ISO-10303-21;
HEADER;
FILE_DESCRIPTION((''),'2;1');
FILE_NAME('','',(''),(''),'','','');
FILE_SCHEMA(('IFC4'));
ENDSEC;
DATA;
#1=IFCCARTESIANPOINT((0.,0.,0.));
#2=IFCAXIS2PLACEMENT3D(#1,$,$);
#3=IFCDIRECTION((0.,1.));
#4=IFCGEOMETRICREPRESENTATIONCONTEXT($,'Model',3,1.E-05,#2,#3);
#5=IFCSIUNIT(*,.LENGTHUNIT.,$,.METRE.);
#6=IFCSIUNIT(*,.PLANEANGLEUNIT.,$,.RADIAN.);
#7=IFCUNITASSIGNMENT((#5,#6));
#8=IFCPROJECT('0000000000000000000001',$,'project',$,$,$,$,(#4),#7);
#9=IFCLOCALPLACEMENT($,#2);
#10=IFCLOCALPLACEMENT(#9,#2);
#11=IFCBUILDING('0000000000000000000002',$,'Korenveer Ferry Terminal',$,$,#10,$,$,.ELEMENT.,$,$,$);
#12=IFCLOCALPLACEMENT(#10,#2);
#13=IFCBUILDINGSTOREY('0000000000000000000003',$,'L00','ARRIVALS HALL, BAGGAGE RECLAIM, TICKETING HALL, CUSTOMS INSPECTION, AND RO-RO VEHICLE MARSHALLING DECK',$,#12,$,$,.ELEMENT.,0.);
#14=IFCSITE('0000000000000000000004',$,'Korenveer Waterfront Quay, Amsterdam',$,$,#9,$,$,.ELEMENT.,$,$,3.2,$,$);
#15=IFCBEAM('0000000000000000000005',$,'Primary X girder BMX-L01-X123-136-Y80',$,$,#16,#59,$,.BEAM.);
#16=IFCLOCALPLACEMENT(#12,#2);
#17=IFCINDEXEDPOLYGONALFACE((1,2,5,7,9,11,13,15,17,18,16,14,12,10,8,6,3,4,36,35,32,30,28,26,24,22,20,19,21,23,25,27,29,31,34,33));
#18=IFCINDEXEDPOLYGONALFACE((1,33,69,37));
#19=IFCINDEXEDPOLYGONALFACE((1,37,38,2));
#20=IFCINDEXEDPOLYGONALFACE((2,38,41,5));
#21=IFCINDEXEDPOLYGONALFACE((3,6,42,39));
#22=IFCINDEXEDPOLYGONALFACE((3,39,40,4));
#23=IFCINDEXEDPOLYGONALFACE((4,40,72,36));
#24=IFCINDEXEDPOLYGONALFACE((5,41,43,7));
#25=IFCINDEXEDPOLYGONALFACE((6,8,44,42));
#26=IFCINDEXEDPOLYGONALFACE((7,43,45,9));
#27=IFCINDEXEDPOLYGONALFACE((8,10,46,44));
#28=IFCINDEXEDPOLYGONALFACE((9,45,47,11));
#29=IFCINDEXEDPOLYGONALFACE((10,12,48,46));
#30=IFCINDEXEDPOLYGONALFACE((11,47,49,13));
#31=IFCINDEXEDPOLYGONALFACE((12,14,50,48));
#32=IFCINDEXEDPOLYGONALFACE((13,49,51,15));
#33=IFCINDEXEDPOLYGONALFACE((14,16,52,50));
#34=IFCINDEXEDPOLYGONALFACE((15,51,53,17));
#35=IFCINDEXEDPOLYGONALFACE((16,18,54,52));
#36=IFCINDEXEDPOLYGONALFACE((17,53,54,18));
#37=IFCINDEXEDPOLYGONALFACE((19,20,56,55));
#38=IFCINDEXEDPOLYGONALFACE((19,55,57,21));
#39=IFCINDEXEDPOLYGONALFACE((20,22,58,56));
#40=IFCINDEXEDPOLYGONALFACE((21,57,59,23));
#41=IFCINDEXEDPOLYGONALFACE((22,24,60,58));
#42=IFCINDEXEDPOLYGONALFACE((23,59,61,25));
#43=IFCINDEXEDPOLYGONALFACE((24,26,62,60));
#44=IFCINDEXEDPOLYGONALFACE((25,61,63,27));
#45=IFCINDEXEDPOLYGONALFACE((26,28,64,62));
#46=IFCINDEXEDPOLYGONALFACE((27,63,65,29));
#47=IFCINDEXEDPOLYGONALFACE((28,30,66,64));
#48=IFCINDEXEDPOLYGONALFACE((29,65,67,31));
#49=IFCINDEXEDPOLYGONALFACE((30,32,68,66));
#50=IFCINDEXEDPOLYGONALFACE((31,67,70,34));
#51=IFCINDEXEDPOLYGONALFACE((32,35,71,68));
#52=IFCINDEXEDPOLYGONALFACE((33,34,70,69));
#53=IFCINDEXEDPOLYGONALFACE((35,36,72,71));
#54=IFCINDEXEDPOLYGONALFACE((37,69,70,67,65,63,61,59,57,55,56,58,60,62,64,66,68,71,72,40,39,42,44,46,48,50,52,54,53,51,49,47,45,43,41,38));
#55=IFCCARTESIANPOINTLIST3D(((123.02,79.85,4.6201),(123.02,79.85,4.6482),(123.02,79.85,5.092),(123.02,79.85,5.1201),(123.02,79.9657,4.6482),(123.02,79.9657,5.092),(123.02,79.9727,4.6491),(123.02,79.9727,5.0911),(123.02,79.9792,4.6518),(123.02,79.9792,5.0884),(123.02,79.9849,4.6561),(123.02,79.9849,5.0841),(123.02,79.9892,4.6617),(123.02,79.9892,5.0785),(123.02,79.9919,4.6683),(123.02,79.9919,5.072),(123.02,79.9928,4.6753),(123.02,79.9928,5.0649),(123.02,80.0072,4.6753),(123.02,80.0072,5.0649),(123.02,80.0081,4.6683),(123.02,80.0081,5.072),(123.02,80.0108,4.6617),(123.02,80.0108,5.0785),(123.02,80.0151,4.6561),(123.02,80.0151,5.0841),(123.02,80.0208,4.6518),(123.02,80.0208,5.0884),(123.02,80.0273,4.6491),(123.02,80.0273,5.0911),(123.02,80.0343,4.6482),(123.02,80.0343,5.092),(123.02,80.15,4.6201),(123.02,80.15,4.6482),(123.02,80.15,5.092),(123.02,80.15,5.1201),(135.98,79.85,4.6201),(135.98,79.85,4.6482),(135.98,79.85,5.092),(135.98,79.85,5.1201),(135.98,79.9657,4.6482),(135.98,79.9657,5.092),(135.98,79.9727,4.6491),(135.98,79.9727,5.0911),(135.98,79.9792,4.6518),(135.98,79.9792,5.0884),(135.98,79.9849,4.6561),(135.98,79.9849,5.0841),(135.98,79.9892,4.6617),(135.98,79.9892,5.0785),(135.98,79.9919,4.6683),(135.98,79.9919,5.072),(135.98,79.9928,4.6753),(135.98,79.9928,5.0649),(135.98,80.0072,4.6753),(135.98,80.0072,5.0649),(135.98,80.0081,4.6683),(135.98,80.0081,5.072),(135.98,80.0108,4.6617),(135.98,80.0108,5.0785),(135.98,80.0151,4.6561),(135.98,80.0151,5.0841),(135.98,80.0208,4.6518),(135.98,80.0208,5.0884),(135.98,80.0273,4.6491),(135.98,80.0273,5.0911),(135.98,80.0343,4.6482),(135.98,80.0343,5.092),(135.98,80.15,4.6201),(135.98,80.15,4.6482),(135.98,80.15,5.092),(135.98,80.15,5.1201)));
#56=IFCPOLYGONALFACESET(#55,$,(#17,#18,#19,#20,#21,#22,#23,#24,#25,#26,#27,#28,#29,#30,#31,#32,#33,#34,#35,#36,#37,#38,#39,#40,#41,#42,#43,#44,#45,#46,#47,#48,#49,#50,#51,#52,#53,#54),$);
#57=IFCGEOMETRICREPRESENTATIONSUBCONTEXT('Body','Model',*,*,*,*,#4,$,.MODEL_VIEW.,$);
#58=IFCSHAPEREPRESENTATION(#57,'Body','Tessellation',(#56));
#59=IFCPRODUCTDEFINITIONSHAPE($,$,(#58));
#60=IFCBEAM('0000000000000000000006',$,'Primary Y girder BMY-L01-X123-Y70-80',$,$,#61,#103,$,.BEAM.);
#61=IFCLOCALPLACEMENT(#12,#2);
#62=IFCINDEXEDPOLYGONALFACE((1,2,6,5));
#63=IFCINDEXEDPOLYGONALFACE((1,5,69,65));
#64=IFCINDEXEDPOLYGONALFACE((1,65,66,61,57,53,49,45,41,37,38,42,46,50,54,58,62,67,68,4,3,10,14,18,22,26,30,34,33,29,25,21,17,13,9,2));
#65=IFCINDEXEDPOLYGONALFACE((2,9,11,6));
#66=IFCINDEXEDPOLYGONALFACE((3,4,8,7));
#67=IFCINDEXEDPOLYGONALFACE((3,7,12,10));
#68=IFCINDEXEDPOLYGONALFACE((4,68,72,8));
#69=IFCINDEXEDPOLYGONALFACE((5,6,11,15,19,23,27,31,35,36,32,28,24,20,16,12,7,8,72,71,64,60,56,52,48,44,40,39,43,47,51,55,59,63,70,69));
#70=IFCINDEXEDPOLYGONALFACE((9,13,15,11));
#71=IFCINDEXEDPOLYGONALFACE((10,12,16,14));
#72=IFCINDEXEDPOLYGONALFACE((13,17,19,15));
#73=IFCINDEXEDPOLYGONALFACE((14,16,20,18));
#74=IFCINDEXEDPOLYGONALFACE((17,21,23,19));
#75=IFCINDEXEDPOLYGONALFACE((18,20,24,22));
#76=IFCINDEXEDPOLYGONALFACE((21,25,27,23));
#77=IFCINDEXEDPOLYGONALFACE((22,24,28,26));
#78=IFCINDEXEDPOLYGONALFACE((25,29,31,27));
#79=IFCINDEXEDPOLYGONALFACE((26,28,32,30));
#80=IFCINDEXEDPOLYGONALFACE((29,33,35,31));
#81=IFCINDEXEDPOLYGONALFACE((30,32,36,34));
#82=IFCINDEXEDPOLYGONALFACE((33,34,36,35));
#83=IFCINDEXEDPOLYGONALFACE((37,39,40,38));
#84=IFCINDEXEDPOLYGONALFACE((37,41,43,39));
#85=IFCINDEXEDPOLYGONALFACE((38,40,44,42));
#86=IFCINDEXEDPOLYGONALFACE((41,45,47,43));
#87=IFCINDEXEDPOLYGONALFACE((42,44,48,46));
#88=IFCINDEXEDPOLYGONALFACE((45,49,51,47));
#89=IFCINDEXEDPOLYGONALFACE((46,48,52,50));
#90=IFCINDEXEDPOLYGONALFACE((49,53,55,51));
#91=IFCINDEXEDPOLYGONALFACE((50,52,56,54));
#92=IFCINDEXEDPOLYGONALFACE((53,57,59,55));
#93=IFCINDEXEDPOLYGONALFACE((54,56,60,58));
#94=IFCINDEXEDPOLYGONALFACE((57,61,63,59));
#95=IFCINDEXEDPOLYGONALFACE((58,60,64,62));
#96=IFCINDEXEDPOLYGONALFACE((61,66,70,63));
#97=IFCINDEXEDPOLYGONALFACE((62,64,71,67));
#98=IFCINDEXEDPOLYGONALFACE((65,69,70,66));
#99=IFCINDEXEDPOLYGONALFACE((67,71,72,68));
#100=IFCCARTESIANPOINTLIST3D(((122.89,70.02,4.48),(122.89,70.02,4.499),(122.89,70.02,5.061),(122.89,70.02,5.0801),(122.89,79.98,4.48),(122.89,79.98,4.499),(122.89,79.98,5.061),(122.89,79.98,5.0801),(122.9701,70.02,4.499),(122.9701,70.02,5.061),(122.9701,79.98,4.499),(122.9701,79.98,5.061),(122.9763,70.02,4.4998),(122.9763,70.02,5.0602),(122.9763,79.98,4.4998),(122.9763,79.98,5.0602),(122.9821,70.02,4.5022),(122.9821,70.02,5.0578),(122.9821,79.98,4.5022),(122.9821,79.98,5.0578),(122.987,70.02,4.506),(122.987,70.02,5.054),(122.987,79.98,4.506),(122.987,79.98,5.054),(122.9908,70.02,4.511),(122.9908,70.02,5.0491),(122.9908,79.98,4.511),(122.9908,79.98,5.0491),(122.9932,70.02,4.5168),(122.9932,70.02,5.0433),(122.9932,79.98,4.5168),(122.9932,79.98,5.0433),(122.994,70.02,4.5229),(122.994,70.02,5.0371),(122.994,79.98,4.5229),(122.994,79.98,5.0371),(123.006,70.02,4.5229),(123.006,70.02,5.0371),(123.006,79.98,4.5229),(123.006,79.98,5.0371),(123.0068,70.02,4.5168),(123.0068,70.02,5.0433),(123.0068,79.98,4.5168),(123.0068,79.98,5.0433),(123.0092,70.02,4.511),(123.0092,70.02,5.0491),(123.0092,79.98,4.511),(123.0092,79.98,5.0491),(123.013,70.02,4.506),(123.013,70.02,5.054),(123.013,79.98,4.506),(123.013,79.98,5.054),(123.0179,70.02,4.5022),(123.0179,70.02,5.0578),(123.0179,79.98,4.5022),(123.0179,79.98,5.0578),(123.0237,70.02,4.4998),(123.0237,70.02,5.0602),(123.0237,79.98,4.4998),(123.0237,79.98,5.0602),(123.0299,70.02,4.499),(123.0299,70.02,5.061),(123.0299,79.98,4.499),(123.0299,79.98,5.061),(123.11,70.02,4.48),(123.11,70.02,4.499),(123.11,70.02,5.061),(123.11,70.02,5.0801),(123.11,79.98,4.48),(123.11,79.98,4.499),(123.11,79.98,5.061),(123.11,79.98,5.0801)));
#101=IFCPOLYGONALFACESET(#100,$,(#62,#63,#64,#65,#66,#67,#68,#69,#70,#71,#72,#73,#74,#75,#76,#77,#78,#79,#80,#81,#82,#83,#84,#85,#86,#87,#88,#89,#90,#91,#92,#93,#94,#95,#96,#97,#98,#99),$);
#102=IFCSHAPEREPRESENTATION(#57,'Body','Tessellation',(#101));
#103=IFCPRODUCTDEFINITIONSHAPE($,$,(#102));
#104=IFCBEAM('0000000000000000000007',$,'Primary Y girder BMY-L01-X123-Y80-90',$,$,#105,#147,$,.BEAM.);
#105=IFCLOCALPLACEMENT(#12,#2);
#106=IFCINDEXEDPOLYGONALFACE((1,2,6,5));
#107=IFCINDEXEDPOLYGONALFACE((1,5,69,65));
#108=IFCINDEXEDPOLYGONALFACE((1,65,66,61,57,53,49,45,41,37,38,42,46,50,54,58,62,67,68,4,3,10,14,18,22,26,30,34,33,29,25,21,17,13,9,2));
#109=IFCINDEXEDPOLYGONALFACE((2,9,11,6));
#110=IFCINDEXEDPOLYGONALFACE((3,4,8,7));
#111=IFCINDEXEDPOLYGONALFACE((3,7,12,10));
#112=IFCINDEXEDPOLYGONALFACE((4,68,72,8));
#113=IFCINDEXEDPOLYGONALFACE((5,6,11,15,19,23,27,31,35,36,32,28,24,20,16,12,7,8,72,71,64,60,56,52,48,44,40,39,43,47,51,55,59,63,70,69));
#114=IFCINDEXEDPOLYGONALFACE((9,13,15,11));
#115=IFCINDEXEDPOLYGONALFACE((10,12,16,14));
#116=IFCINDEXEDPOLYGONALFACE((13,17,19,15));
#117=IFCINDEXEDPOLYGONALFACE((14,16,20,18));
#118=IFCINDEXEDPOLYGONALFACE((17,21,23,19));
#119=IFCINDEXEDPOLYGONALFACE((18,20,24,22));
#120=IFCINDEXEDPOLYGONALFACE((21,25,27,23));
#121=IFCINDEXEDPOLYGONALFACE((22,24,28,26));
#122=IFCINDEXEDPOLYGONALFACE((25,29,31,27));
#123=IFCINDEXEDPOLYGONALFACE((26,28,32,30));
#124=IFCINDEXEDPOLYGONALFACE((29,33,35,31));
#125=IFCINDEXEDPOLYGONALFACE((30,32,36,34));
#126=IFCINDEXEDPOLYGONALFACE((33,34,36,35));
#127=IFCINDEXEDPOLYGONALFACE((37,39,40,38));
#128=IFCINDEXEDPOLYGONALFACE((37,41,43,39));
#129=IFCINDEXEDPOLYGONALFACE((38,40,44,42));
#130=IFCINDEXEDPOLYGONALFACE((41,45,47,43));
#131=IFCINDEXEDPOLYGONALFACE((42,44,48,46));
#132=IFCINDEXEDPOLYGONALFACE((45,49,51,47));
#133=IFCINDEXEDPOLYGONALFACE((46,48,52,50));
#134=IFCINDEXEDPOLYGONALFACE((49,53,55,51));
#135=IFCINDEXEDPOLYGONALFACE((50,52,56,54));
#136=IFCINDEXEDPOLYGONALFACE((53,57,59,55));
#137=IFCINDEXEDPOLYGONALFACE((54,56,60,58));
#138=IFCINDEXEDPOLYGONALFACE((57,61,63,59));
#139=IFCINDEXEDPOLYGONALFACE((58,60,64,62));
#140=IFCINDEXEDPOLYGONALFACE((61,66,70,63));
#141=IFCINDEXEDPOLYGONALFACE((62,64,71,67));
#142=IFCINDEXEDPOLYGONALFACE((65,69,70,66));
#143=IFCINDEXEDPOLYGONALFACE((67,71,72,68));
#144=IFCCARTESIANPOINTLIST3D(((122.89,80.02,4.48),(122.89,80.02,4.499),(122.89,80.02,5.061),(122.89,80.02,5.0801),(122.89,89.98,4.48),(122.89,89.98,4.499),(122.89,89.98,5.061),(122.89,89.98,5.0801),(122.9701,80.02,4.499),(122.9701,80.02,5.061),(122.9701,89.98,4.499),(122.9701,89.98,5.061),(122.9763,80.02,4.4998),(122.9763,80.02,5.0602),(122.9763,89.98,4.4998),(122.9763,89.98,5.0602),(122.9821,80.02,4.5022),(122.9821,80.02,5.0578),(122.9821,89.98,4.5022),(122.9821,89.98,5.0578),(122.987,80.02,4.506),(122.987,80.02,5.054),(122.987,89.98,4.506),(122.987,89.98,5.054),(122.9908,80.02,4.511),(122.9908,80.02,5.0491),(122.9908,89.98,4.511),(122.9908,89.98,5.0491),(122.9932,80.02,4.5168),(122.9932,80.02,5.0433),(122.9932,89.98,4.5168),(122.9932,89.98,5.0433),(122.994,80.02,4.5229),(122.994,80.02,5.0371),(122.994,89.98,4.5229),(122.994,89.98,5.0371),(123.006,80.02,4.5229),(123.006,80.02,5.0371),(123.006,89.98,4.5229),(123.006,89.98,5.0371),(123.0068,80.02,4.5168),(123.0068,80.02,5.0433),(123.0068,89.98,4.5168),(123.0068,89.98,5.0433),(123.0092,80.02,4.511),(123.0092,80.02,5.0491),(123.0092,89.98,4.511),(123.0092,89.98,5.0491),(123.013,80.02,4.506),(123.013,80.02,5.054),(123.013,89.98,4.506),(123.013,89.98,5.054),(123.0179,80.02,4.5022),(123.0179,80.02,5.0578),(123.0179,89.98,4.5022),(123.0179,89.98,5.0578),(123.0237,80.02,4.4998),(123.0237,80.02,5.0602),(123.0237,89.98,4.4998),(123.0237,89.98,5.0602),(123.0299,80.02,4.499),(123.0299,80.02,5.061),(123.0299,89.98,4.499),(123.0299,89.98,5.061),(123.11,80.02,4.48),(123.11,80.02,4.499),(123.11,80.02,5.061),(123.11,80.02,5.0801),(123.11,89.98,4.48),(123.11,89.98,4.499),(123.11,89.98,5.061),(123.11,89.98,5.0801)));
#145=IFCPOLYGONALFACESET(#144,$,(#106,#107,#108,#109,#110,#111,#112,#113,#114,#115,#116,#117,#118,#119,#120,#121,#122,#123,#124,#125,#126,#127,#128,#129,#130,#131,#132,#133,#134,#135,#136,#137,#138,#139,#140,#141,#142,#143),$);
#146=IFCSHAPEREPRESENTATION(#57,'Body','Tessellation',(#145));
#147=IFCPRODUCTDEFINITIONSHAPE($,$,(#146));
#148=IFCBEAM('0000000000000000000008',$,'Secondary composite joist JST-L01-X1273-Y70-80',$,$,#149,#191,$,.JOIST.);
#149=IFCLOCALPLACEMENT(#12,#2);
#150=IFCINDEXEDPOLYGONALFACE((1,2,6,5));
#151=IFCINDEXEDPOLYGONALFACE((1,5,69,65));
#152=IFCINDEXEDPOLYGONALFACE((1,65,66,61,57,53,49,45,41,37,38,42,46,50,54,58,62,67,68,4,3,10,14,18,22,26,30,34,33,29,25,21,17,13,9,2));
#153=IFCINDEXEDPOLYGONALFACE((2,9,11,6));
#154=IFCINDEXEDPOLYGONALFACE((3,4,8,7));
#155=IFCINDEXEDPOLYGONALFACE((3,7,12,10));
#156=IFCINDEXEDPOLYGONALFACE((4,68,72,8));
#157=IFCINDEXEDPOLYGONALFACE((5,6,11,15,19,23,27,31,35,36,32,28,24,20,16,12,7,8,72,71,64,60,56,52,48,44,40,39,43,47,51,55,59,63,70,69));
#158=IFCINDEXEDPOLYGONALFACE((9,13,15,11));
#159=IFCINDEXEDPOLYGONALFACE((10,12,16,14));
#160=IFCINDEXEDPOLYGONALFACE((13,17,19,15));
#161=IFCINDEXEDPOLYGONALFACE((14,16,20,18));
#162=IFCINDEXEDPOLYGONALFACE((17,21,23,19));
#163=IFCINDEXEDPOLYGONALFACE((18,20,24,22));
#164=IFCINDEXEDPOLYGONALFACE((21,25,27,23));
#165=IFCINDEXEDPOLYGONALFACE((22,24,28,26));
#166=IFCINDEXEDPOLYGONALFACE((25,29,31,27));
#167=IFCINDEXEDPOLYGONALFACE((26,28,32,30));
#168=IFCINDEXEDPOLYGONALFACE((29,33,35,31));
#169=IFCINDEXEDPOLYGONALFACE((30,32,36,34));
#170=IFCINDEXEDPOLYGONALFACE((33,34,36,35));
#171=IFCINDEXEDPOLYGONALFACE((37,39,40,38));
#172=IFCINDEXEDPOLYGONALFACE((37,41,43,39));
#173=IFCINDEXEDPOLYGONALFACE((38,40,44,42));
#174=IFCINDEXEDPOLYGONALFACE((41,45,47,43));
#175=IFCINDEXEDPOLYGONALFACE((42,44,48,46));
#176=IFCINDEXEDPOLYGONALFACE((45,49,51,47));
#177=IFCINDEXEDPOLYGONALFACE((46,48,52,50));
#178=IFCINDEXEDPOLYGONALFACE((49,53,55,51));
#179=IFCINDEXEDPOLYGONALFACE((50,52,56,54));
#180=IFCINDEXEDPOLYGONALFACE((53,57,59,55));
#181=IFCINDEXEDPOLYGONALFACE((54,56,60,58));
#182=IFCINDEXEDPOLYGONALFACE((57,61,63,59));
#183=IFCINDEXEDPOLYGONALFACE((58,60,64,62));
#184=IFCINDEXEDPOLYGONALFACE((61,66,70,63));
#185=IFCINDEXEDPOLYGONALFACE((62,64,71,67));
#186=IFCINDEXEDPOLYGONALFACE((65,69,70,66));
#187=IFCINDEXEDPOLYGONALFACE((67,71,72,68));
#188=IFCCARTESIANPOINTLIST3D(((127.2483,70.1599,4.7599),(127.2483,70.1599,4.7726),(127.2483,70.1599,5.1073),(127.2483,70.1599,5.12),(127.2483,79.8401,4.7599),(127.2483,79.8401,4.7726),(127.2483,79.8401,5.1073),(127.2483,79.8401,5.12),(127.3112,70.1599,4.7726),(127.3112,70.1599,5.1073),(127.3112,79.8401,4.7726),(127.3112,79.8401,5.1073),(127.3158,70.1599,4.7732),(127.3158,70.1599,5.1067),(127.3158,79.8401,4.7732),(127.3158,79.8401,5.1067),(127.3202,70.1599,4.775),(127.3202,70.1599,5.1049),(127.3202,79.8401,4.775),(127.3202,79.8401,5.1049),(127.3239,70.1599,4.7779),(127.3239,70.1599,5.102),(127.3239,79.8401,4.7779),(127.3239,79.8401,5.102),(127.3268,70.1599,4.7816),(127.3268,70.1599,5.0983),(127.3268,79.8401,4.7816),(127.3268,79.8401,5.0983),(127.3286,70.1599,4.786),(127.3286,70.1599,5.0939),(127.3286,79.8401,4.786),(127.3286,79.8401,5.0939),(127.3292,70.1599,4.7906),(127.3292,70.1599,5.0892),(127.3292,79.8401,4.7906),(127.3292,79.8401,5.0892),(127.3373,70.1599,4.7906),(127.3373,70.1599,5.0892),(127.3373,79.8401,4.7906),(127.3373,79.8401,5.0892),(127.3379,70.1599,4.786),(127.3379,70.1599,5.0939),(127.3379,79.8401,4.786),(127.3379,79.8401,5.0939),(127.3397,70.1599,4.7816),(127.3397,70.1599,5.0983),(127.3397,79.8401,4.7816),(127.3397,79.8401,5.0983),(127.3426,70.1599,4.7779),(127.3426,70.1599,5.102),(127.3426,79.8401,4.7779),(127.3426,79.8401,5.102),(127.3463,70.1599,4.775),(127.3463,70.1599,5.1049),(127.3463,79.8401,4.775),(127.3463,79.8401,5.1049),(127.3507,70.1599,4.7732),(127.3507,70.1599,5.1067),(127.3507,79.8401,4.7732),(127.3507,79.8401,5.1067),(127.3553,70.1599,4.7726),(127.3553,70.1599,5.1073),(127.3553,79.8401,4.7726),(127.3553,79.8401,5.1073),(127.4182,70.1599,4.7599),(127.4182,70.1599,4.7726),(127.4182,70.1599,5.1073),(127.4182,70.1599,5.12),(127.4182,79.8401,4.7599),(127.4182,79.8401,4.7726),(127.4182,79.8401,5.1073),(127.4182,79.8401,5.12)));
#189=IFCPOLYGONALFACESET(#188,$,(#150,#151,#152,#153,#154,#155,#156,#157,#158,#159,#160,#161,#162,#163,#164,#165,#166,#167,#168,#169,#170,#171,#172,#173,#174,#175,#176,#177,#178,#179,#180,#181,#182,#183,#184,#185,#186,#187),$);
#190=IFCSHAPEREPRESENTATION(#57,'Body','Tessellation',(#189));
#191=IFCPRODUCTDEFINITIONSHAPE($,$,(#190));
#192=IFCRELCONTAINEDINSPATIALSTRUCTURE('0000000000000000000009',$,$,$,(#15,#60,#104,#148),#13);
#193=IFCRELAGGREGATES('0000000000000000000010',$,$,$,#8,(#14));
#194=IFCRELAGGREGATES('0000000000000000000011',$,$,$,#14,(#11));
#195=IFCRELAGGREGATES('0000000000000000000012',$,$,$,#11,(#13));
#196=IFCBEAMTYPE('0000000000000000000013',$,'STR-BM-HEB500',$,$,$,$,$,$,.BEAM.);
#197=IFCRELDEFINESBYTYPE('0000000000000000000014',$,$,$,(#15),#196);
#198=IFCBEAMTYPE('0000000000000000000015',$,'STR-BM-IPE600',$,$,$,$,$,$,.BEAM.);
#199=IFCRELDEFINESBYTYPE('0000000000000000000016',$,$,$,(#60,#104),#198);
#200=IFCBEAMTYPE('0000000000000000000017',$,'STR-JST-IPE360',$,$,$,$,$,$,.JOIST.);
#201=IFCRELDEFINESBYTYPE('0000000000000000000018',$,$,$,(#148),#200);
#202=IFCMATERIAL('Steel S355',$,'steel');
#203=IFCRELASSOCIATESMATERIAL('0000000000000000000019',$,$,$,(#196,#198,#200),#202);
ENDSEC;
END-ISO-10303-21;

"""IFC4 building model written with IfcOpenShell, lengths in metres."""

from ifc_helpers import new_model, si_unit, direction, frame, origin, origin_2d, place, context, subcontext, project, spatial, i_section, extrude, material, material_profile, profile_set, type_object, element, save


model = new_model("IFC4")

# Units and contexts
model_context = context("Model", 3, precision=1e-05, world=origin(), true_north=direction((0.0, 1.0)))
body_context = subcontext(model_context, "Body", "Model", "MODEL_VIEW")
ifc_project = project(units=[si_unit("LENGTHUNIT", "METRE"), si_unit("PLANEANGLEUNIT", "RADIAN")], contexts=[model_context])

# Site, building, storey
site_placement = place(None, origin())
site = spatial("IfcSite", under=ifc_project, at=site_placement, Name="Korenveer Waterfront Quay, Amsterdam", CompositionType="ELEMENT", RefElevation=3.2)
building_placement = place(site_placement, origin())
building = spatial("IfcBuilding", under=site, at=building_placement, Name="Korenveer Ferry Terminal", CompositionType="ELEMENT")
storey_placement = place(building_placement, origin())
storey = spatial("IfcBuildingStorey", under=building, at=storey_placement, Name="L00", Description="ARRIVALS HALL, BAGGAGE RECLAIM, TICKETING HALL, CUSTOMS INSPECTION, AND RO-RO VEHICLE MARSHALLING DECK", CompositionType="ELEMENT", Elevation=0.0)

# Shared definitions
ifc_material_1 = material(Name="Steel S355", Category="steel")

# Beams
ifc_material_profile_1 = material_profile(ifc_material_1, i_section(OverallWidth=0.3, OverallDepth=0.5, WebThickness=0.0144, FlangeThickness=0.0281, FilletRadius=0.0271, at=origin_2d()), Name="HEB 500")
ifc_profile_set_1 = profile_set([ifc_material_profile_1], Name="Steel S355")
beam_type_1 = type_object("IfcBeamType", Name="STR-BM-HEB500", PredefinedType="BEAM", material=ifc_profile_set_1)
beam_placement = place(storey_placement, frame((123.02, 80.0, 4.8701), z_axis=(1.0, 0.0, 0.0), x_axis=(0.0, 1.0, 0.0)))
element("IfcBeam", 1, at=beam_placement, inside=storey, type_object=beam_type_1, Name="Primary X girder BMX-L01-X123-136-Y80", PredefinedType="BEAM", context=body_context, shape_type="SweptSolid", body=[
    extrude(i_section(OverallWidth=0.3, OverallDepth=0.5, WebThickness=0.0144, FlangeThickness=0.0281, FilletRadius=0.0271, at=origin_2d()), origin(), (0.0, 0.0, 1.0), 12.96),
])
ifc_material_profile_2 = material_profile(ifc_material_1, i_section(OverallWidth=0.22, OverallDepth=0.6001, WebThickness=0.012, FlangeThickness=0.019, FilletRadius=0.0239, at=origin_2d()), Name="IPE 600")
ifc_profile_set_2 = profile_set([ifc_material_profile_2], Name="Steel S355")
beam_type_2 = type_object("IfcBeamType", Name="STR-BM-IPE600", PredefinedType="BEAM", material=ifc_profile_set_2)
for number, where, z_axis, x_axis, name in (
    (2, (123.0, 70.02, 4.78), (0.0, 1.0, 0.0), (-1.0, 0.0, 0.0), "Primary Y girder BMY-L01-X123-Y70-80"),
    (3, (123.0, 80.02, 4.78), (0.0, 1.0, 0.0), (-1.0, 0.0, 0.0), "Primary Y girder BMY-L01-X123-Y80-90"),
):
    element("IfcBeam", number, at=place(storey_placement, frame(where, z_axis=z_axis, x_axis=x_axis)), inside=storey, type_object=beam_type_2, Name=name, PredefinedType="BEAM", context=body_context, shape_type="SweptSolid", body=[
        extrude(i_section(OverallWidth=0.22, OverallDepth=0.6001, WebThickness=0.012, FlangeThickness=0.019, FilletRadius=0.0239, at=origin_2d()), origin(), (0.0, 0.0, 1.0), 9.96),
    ])
ifc_material_profile_3 = material_profile(ifc_material_1, i_section(OverallWidth=0.1699, OverallDepth=0.3601, WebThickness=0.0081, FlangeThickness=0.0127, FilletRadius=0.0181, at=origin_2d()), Name="IPE 360")
ifc_profile_set_3 = profile_set([ifc_material_profile_3], Name="Steel S355")
beam_type_3 = type_object("IfcBeamType", Name="STR-JST-IPE360", PredefinedType="JOIST", material=ifc_profile_set_3)
for number, where, z_axis, x_axis, name in (
    (4, (127.3333, 70.1599, 4.9399), (0.0, 1.0, 0.0), (-1.0, 0.0, 0.0), "Secondary composite joist JST-L01-X1273-Y70-80"),
):
    element("IfcBeam", number, at=place(storey_placement, frame(where, z_axis=z_axis, x_axis=x_axis)), inside=storey, type_object=beam_type_3, Name=name, PredefinedType="JOIST", context=body_context, shape_type="SweptSolid", body=[
        extrude(i_section(OverallWidth=0.1699, OverallDepth=0.3601, WebThickness=0.0081, FlangeThickness=0.0127, FilletRadius=0.0181, at=origin_2d()), origin(), (0.0, 0.0, 1.0), 9.6802),
    ])

save(model, "model.ifc")
